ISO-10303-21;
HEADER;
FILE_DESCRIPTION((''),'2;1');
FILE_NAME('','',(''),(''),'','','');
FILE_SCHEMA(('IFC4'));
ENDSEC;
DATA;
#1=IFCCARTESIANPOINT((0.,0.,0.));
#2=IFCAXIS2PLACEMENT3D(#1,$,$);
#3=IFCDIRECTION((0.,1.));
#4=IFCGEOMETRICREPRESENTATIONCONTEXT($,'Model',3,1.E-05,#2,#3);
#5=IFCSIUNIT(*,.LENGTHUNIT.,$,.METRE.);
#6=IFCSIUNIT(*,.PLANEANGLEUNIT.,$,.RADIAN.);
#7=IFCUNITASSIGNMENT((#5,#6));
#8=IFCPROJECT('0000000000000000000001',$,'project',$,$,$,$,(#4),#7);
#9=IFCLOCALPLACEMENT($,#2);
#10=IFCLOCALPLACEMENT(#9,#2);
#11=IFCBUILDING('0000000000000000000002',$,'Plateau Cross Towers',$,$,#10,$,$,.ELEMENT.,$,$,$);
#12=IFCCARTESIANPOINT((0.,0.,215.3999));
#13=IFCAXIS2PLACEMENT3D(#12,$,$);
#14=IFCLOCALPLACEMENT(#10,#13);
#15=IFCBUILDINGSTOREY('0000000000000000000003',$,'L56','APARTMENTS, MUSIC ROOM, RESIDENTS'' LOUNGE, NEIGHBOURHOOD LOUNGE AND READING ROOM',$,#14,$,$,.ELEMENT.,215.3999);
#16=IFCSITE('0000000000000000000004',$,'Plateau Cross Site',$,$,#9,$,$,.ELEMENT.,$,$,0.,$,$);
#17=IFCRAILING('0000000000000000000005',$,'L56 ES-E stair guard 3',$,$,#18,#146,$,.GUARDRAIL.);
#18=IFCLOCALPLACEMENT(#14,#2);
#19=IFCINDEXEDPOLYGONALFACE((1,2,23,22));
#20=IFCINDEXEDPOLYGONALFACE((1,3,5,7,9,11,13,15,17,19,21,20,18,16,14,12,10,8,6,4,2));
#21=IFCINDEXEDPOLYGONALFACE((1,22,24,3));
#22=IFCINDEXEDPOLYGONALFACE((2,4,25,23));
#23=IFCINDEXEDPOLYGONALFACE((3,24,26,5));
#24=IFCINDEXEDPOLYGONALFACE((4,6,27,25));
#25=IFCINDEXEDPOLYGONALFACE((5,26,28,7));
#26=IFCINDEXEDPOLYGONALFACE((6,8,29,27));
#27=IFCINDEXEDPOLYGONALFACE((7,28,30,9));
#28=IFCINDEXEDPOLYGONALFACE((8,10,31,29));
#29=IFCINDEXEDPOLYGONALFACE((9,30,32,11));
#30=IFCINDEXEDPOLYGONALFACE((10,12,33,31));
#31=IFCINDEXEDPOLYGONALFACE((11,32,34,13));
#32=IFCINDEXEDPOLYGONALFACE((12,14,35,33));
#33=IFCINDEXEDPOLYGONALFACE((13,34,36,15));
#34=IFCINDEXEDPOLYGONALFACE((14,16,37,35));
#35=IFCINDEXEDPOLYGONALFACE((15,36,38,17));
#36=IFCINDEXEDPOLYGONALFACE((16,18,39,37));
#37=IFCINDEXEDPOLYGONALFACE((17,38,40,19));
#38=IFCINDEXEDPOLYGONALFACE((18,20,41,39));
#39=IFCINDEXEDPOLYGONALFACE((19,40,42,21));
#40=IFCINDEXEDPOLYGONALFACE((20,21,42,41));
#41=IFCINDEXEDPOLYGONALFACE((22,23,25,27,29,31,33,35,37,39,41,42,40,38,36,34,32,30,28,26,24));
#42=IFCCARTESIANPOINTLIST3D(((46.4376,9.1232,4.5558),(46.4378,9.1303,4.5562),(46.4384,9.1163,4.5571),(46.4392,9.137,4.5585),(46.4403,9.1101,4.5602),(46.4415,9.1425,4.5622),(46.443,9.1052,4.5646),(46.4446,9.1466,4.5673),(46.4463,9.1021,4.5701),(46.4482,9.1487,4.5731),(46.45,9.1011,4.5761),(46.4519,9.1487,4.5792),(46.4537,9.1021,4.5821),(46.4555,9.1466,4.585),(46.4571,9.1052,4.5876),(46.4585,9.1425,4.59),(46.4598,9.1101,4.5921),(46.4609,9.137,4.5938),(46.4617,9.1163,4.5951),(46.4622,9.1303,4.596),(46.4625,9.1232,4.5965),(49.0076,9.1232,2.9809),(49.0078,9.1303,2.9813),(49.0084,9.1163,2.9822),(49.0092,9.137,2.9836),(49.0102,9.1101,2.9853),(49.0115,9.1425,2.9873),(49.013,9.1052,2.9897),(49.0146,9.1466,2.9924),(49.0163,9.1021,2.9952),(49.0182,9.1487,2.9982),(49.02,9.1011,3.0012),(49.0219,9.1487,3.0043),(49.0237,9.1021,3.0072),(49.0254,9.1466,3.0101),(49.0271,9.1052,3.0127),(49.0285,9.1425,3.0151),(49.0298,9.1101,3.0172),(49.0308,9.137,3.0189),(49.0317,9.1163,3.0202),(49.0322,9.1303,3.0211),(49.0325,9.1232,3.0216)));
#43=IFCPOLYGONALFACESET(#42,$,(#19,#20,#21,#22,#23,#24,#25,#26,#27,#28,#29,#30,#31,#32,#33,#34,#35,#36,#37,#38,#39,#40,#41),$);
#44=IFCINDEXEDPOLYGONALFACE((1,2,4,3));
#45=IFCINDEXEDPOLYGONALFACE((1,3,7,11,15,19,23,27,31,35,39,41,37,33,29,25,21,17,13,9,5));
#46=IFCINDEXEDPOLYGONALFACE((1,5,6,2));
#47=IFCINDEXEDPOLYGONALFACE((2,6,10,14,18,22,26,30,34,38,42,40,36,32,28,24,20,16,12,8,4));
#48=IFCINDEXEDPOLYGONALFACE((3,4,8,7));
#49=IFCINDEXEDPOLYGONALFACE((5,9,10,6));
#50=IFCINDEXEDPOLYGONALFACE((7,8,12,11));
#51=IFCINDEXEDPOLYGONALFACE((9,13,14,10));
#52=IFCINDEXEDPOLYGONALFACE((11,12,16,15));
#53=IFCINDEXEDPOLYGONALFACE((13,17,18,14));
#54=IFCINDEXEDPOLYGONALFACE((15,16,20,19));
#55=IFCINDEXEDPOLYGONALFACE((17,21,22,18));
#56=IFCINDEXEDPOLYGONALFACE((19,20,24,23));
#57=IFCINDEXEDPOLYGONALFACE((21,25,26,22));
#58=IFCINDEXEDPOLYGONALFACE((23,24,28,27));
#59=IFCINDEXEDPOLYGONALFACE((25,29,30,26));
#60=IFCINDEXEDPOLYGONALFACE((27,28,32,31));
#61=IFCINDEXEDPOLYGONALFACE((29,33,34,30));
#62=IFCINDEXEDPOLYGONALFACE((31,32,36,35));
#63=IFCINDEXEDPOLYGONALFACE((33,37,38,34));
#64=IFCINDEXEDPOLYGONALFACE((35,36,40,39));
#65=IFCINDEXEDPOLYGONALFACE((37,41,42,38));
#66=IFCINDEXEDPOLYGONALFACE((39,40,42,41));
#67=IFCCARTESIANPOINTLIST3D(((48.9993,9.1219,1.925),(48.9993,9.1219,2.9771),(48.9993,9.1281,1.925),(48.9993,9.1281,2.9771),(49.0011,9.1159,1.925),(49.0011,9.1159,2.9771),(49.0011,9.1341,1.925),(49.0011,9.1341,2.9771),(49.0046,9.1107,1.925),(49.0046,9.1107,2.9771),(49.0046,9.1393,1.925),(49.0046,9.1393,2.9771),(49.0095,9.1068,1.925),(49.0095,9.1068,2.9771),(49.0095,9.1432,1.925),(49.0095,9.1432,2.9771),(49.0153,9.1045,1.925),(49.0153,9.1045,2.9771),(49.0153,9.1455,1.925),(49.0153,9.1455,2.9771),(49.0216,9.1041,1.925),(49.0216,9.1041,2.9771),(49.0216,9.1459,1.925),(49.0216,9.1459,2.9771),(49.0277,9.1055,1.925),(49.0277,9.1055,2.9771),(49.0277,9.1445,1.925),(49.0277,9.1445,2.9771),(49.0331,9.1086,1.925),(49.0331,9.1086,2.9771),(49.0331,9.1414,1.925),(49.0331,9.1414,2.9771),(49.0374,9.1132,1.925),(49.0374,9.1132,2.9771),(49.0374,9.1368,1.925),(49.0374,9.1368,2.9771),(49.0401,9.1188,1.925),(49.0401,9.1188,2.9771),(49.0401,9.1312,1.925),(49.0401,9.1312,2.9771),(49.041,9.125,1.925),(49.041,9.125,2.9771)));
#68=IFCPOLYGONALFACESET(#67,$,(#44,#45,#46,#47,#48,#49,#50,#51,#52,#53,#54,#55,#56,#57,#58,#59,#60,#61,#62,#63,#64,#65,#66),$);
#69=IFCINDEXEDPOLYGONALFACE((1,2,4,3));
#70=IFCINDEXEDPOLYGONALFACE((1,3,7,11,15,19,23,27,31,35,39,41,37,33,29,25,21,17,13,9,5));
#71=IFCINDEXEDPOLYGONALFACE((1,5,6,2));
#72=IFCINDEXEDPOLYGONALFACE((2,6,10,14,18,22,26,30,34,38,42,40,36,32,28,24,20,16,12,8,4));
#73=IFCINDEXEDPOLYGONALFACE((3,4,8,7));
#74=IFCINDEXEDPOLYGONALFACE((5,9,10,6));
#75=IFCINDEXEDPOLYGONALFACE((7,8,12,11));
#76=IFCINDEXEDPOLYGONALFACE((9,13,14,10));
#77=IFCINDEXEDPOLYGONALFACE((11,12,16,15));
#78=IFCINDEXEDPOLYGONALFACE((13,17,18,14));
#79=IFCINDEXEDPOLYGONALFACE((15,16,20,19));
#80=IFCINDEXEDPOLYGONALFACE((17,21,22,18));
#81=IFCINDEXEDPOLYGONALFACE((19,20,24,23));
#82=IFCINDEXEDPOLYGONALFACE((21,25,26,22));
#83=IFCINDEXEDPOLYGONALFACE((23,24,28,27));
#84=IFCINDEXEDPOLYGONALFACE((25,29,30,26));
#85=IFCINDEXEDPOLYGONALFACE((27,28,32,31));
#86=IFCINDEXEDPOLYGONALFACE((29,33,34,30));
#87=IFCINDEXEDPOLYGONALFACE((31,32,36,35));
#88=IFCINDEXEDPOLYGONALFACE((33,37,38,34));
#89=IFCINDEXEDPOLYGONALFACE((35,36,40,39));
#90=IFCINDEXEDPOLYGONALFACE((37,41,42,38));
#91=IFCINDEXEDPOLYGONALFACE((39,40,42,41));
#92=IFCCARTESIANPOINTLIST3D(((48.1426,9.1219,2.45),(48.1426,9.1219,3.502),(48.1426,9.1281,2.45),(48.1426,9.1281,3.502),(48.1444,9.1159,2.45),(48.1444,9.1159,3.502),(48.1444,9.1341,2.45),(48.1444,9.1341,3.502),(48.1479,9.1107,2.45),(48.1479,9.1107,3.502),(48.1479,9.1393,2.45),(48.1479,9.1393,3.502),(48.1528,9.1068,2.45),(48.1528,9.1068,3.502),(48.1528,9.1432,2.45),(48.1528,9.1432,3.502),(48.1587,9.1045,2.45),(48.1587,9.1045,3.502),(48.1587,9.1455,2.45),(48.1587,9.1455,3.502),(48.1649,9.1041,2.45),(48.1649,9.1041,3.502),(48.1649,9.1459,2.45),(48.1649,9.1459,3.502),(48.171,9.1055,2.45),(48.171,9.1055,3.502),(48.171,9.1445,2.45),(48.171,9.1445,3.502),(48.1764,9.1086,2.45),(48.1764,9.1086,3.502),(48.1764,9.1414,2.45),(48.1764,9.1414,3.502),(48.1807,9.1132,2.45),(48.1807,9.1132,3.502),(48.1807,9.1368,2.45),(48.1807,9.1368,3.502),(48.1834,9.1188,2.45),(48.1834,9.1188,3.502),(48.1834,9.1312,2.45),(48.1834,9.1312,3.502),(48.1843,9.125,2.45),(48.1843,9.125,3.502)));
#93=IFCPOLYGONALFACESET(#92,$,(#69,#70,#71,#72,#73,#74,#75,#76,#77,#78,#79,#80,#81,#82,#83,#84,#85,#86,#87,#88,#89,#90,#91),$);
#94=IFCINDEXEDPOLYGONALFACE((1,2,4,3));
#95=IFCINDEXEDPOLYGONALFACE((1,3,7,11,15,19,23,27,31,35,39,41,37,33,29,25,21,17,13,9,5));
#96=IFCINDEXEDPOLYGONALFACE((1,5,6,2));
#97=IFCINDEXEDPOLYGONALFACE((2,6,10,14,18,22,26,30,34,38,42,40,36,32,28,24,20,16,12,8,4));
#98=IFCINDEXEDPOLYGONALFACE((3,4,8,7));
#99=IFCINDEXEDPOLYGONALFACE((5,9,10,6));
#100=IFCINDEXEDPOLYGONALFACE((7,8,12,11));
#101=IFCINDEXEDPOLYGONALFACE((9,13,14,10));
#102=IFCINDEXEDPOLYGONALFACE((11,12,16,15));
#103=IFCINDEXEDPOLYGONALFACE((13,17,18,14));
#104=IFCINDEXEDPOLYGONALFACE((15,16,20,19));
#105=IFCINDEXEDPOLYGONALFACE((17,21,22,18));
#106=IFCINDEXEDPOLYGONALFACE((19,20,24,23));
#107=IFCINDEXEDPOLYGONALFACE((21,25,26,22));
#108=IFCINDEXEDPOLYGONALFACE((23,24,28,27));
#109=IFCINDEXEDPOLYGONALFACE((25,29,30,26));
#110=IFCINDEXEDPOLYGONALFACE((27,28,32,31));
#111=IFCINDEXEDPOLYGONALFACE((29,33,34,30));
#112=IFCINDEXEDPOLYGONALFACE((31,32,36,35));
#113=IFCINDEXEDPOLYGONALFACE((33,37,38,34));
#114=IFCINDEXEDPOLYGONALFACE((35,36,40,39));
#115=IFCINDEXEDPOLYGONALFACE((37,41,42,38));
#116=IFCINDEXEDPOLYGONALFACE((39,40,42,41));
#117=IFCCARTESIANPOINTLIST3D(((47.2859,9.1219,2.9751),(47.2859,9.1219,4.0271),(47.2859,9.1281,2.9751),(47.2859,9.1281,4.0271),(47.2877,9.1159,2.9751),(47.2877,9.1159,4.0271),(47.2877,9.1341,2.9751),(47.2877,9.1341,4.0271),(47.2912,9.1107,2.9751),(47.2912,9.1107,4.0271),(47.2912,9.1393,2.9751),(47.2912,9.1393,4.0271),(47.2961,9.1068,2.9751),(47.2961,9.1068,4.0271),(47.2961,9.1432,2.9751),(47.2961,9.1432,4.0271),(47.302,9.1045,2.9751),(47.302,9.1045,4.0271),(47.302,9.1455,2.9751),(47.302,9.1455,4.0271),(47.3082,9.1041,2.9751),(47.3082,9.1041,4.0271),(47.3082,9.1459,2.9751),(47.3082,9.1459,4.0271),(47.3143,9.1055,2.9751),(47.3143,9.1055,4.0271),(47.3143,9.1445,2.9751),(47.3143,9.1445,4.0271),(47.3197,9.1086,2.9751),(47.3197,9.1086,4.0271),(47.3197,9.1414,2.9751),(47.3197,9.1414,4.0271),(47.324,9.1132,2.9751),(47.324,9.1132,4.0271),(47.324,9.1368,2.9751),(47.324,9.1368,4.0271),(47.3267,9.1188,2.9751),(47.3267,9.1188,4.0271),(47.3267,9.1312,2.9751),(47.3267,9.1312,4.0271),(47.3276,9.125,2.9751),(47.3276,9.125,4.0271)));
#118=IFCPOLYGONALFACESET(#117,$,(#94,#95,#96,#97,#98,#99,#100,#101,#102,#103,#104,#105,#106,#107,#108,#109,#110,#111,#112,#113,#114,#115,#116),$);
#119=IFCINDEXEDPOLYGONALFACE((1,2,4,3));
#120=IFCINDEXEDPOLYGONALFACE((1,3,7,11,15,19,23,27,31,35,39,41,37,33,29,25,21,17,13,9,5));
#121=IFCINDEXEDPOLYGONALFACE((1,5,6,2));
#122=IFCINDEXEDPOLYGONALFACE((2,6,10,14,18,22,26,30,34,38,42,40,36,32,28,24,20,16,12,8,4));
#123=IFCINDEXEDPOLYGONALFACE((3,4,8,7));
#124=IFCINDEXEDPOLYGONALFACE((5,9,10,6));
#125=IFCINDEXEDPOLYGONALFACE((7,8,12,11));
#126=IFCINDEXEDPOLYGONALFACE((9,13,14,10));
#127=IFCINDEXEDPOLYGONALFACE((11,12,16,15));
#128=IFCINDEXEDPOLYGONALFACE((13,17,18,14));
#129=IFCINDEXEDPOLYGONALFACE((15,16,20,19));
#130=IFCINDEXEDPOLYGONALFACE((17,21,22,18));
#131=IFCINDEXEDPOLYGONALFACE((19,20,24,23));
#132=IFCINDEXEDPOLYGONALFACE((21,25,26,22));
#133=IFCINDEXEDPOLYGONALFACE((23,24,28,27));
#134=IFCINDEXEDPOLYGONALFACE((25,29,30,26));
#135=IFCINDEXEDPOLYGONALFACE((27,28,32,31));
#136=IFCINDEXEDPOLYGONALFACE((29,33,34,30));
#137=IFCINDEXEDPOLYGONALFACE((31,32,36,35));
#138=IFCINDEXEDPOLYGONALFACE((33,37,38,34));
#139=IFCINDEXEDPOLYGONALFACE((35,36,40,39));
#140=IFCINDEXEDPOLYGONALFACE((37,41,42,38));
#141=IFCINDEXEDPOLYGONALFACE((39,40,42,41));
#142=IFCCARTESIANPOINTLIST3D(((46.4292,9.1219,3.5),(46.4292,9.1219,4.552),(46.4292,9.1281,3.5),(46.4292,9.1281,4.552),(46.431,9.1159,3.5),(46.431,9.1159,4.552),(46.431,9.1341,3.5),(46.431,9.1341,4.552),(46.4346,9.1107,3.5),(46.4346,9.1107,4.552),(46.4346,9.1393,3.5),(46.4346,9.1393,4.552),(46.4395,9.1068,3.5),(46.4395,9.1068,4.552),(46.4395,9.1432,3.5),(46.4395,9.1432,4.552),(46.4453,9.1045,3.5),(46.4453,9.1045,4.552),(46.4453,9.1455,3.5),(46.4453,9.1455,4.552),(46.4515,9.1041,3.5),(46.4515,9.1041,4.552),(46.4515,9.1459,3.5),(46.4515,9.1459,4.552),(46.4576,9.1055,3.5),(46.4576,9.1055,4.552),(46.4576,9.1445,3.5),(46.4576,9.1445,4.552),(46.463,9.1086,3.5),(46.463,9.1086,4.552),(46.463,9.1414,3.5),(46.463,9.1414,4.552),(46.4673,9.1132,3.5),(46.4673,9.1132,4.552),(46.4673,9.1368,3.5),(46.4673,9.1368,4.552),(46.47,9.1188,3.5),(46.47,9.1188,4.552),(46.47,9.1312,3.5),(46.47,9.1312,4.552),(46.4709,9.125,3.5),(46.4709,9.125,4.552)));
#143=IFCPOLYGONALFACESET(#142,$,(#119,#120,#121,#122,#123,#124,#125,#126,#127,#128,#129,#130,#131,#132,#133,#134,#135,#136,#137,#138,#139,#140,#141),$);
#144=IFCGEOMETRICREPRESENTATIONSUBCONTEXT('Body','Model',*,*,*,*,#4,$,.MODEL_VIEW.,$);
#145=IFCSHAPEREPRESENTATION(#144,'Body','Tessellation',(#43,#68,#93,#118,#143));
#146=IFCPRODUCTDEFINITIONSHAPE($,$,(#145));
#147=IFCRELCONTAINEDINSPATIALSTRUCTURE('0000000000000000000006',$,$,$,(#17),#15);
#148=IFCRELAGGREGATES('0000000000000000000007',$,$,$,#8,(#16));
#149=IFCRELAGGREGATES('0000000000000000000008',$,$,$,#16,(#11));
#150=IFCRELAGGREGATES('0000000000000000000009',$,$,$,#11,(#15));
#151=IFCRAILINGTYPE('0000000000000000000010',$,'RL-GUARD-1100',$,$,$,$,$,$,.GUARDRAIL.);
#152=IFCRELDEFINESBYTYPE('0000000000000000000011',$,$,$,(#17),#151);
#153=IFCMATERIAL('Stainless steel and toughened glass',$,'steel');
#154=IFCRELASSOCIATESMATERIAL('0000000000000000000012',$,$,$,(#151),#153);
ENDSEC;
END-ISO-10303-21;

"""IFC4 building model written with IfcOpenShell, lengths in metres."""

from ifc_helpers import new_model, si_unit, direction, frame, origin, origin_2d, place, context, subcontext, project, spatial, circle, extrude, material, type_object, element, save


model = new_model("IFC4")

# Units and contexts
model_context = context("Model", 3, precision=1e-05, world=origin(), true_north=direction((0.0, 1.0)))
body_context = subcontext(model_context, "Body", "Model", "MODEL_VIEW")
ifc_project = project(units=[si_unit("LENGTHUNIT", "METRE"), si_unit("PLANEANGLEUNIT", "RADIAN")], contexts=[model_context])

# Site, building, storey
site_placement = place(None, origin())
site = spatial("IfcSite", under=ifc_project, at=site_placement, Name="Plateau Cross Site", CompositionType="ELEMENT", RefElevation=0.0)
building_placement = place(site_placement, origin())
building = spatial("IfcBuilding", under=site, at=building_placement, Name="Plateau Cross Towers", CompositionType="ELEMENT")
storey_placement = place(building_placement, frame((0.0, 0.0, 215.3999)))
storey = spatial("IfcBuildingStorey", under=building, at=storey_placement, Name="L56", Description="APARTMENTS, MUSIC ROOM, RESIDENTS' LOUNGE, NEIGHBOURHOOD LOUNGE AND READING ROOM", CompositionType="ELEMENT", Elevation=215.3999)

# Railing
ifc_material_1 = material(Name="Stainless steel and toughened glass", Category="steel")
railing_type_1 = type_object("IfcRailingType", Name="RL-GUARD-1100", PredefinedType="GUARDRAIL", material=ifc_material_1)
railing_1_placement = place(storey_placement, frame((49.02, 9.125, 1.925)))
element("IfcRailing", 1, at=railing_1_placement, inside=storey, type_object=railing_type_1, Name="L56 ES-E stair guard 3", PredefinedType="GUARDRAIL", context=body_context, shape_type="SweptSolid", body=[
    extrude(circle(Radius=0.0239, at=origin_2d()), frame((0.0, 0.0, 1.0762), z_axis=(-0.852639, 0.0, 0.522501), x_axis=(0.0, -1.0, 0.0)), (0.0, 0.0, 1.0), 3.0142),
    extrude(circle(Radius=0.021, at=origin_2d()), origin(), (0.0, 0.0, 1.0), 1.052),
    extrude(circle(Radius=0.021, at=origin_2d()), frame((-0.8567, 0.0, 0.5249)), (0.0, 0.0, 1.0), 1.052),
    extrude(circle(Radius=0.021, at=origin_2d()), frame((-1.7134, 0.0, 1.05)), (0.0, 0.0, 1.0), 1.052),
    extrude(circle(Radius=0.021, at=origin_2d()), frame((-2.5701, 0.0, 1.575)), (0.0, 0.0, 1.0), 1.052),
])

save(model, "model.ifc")
